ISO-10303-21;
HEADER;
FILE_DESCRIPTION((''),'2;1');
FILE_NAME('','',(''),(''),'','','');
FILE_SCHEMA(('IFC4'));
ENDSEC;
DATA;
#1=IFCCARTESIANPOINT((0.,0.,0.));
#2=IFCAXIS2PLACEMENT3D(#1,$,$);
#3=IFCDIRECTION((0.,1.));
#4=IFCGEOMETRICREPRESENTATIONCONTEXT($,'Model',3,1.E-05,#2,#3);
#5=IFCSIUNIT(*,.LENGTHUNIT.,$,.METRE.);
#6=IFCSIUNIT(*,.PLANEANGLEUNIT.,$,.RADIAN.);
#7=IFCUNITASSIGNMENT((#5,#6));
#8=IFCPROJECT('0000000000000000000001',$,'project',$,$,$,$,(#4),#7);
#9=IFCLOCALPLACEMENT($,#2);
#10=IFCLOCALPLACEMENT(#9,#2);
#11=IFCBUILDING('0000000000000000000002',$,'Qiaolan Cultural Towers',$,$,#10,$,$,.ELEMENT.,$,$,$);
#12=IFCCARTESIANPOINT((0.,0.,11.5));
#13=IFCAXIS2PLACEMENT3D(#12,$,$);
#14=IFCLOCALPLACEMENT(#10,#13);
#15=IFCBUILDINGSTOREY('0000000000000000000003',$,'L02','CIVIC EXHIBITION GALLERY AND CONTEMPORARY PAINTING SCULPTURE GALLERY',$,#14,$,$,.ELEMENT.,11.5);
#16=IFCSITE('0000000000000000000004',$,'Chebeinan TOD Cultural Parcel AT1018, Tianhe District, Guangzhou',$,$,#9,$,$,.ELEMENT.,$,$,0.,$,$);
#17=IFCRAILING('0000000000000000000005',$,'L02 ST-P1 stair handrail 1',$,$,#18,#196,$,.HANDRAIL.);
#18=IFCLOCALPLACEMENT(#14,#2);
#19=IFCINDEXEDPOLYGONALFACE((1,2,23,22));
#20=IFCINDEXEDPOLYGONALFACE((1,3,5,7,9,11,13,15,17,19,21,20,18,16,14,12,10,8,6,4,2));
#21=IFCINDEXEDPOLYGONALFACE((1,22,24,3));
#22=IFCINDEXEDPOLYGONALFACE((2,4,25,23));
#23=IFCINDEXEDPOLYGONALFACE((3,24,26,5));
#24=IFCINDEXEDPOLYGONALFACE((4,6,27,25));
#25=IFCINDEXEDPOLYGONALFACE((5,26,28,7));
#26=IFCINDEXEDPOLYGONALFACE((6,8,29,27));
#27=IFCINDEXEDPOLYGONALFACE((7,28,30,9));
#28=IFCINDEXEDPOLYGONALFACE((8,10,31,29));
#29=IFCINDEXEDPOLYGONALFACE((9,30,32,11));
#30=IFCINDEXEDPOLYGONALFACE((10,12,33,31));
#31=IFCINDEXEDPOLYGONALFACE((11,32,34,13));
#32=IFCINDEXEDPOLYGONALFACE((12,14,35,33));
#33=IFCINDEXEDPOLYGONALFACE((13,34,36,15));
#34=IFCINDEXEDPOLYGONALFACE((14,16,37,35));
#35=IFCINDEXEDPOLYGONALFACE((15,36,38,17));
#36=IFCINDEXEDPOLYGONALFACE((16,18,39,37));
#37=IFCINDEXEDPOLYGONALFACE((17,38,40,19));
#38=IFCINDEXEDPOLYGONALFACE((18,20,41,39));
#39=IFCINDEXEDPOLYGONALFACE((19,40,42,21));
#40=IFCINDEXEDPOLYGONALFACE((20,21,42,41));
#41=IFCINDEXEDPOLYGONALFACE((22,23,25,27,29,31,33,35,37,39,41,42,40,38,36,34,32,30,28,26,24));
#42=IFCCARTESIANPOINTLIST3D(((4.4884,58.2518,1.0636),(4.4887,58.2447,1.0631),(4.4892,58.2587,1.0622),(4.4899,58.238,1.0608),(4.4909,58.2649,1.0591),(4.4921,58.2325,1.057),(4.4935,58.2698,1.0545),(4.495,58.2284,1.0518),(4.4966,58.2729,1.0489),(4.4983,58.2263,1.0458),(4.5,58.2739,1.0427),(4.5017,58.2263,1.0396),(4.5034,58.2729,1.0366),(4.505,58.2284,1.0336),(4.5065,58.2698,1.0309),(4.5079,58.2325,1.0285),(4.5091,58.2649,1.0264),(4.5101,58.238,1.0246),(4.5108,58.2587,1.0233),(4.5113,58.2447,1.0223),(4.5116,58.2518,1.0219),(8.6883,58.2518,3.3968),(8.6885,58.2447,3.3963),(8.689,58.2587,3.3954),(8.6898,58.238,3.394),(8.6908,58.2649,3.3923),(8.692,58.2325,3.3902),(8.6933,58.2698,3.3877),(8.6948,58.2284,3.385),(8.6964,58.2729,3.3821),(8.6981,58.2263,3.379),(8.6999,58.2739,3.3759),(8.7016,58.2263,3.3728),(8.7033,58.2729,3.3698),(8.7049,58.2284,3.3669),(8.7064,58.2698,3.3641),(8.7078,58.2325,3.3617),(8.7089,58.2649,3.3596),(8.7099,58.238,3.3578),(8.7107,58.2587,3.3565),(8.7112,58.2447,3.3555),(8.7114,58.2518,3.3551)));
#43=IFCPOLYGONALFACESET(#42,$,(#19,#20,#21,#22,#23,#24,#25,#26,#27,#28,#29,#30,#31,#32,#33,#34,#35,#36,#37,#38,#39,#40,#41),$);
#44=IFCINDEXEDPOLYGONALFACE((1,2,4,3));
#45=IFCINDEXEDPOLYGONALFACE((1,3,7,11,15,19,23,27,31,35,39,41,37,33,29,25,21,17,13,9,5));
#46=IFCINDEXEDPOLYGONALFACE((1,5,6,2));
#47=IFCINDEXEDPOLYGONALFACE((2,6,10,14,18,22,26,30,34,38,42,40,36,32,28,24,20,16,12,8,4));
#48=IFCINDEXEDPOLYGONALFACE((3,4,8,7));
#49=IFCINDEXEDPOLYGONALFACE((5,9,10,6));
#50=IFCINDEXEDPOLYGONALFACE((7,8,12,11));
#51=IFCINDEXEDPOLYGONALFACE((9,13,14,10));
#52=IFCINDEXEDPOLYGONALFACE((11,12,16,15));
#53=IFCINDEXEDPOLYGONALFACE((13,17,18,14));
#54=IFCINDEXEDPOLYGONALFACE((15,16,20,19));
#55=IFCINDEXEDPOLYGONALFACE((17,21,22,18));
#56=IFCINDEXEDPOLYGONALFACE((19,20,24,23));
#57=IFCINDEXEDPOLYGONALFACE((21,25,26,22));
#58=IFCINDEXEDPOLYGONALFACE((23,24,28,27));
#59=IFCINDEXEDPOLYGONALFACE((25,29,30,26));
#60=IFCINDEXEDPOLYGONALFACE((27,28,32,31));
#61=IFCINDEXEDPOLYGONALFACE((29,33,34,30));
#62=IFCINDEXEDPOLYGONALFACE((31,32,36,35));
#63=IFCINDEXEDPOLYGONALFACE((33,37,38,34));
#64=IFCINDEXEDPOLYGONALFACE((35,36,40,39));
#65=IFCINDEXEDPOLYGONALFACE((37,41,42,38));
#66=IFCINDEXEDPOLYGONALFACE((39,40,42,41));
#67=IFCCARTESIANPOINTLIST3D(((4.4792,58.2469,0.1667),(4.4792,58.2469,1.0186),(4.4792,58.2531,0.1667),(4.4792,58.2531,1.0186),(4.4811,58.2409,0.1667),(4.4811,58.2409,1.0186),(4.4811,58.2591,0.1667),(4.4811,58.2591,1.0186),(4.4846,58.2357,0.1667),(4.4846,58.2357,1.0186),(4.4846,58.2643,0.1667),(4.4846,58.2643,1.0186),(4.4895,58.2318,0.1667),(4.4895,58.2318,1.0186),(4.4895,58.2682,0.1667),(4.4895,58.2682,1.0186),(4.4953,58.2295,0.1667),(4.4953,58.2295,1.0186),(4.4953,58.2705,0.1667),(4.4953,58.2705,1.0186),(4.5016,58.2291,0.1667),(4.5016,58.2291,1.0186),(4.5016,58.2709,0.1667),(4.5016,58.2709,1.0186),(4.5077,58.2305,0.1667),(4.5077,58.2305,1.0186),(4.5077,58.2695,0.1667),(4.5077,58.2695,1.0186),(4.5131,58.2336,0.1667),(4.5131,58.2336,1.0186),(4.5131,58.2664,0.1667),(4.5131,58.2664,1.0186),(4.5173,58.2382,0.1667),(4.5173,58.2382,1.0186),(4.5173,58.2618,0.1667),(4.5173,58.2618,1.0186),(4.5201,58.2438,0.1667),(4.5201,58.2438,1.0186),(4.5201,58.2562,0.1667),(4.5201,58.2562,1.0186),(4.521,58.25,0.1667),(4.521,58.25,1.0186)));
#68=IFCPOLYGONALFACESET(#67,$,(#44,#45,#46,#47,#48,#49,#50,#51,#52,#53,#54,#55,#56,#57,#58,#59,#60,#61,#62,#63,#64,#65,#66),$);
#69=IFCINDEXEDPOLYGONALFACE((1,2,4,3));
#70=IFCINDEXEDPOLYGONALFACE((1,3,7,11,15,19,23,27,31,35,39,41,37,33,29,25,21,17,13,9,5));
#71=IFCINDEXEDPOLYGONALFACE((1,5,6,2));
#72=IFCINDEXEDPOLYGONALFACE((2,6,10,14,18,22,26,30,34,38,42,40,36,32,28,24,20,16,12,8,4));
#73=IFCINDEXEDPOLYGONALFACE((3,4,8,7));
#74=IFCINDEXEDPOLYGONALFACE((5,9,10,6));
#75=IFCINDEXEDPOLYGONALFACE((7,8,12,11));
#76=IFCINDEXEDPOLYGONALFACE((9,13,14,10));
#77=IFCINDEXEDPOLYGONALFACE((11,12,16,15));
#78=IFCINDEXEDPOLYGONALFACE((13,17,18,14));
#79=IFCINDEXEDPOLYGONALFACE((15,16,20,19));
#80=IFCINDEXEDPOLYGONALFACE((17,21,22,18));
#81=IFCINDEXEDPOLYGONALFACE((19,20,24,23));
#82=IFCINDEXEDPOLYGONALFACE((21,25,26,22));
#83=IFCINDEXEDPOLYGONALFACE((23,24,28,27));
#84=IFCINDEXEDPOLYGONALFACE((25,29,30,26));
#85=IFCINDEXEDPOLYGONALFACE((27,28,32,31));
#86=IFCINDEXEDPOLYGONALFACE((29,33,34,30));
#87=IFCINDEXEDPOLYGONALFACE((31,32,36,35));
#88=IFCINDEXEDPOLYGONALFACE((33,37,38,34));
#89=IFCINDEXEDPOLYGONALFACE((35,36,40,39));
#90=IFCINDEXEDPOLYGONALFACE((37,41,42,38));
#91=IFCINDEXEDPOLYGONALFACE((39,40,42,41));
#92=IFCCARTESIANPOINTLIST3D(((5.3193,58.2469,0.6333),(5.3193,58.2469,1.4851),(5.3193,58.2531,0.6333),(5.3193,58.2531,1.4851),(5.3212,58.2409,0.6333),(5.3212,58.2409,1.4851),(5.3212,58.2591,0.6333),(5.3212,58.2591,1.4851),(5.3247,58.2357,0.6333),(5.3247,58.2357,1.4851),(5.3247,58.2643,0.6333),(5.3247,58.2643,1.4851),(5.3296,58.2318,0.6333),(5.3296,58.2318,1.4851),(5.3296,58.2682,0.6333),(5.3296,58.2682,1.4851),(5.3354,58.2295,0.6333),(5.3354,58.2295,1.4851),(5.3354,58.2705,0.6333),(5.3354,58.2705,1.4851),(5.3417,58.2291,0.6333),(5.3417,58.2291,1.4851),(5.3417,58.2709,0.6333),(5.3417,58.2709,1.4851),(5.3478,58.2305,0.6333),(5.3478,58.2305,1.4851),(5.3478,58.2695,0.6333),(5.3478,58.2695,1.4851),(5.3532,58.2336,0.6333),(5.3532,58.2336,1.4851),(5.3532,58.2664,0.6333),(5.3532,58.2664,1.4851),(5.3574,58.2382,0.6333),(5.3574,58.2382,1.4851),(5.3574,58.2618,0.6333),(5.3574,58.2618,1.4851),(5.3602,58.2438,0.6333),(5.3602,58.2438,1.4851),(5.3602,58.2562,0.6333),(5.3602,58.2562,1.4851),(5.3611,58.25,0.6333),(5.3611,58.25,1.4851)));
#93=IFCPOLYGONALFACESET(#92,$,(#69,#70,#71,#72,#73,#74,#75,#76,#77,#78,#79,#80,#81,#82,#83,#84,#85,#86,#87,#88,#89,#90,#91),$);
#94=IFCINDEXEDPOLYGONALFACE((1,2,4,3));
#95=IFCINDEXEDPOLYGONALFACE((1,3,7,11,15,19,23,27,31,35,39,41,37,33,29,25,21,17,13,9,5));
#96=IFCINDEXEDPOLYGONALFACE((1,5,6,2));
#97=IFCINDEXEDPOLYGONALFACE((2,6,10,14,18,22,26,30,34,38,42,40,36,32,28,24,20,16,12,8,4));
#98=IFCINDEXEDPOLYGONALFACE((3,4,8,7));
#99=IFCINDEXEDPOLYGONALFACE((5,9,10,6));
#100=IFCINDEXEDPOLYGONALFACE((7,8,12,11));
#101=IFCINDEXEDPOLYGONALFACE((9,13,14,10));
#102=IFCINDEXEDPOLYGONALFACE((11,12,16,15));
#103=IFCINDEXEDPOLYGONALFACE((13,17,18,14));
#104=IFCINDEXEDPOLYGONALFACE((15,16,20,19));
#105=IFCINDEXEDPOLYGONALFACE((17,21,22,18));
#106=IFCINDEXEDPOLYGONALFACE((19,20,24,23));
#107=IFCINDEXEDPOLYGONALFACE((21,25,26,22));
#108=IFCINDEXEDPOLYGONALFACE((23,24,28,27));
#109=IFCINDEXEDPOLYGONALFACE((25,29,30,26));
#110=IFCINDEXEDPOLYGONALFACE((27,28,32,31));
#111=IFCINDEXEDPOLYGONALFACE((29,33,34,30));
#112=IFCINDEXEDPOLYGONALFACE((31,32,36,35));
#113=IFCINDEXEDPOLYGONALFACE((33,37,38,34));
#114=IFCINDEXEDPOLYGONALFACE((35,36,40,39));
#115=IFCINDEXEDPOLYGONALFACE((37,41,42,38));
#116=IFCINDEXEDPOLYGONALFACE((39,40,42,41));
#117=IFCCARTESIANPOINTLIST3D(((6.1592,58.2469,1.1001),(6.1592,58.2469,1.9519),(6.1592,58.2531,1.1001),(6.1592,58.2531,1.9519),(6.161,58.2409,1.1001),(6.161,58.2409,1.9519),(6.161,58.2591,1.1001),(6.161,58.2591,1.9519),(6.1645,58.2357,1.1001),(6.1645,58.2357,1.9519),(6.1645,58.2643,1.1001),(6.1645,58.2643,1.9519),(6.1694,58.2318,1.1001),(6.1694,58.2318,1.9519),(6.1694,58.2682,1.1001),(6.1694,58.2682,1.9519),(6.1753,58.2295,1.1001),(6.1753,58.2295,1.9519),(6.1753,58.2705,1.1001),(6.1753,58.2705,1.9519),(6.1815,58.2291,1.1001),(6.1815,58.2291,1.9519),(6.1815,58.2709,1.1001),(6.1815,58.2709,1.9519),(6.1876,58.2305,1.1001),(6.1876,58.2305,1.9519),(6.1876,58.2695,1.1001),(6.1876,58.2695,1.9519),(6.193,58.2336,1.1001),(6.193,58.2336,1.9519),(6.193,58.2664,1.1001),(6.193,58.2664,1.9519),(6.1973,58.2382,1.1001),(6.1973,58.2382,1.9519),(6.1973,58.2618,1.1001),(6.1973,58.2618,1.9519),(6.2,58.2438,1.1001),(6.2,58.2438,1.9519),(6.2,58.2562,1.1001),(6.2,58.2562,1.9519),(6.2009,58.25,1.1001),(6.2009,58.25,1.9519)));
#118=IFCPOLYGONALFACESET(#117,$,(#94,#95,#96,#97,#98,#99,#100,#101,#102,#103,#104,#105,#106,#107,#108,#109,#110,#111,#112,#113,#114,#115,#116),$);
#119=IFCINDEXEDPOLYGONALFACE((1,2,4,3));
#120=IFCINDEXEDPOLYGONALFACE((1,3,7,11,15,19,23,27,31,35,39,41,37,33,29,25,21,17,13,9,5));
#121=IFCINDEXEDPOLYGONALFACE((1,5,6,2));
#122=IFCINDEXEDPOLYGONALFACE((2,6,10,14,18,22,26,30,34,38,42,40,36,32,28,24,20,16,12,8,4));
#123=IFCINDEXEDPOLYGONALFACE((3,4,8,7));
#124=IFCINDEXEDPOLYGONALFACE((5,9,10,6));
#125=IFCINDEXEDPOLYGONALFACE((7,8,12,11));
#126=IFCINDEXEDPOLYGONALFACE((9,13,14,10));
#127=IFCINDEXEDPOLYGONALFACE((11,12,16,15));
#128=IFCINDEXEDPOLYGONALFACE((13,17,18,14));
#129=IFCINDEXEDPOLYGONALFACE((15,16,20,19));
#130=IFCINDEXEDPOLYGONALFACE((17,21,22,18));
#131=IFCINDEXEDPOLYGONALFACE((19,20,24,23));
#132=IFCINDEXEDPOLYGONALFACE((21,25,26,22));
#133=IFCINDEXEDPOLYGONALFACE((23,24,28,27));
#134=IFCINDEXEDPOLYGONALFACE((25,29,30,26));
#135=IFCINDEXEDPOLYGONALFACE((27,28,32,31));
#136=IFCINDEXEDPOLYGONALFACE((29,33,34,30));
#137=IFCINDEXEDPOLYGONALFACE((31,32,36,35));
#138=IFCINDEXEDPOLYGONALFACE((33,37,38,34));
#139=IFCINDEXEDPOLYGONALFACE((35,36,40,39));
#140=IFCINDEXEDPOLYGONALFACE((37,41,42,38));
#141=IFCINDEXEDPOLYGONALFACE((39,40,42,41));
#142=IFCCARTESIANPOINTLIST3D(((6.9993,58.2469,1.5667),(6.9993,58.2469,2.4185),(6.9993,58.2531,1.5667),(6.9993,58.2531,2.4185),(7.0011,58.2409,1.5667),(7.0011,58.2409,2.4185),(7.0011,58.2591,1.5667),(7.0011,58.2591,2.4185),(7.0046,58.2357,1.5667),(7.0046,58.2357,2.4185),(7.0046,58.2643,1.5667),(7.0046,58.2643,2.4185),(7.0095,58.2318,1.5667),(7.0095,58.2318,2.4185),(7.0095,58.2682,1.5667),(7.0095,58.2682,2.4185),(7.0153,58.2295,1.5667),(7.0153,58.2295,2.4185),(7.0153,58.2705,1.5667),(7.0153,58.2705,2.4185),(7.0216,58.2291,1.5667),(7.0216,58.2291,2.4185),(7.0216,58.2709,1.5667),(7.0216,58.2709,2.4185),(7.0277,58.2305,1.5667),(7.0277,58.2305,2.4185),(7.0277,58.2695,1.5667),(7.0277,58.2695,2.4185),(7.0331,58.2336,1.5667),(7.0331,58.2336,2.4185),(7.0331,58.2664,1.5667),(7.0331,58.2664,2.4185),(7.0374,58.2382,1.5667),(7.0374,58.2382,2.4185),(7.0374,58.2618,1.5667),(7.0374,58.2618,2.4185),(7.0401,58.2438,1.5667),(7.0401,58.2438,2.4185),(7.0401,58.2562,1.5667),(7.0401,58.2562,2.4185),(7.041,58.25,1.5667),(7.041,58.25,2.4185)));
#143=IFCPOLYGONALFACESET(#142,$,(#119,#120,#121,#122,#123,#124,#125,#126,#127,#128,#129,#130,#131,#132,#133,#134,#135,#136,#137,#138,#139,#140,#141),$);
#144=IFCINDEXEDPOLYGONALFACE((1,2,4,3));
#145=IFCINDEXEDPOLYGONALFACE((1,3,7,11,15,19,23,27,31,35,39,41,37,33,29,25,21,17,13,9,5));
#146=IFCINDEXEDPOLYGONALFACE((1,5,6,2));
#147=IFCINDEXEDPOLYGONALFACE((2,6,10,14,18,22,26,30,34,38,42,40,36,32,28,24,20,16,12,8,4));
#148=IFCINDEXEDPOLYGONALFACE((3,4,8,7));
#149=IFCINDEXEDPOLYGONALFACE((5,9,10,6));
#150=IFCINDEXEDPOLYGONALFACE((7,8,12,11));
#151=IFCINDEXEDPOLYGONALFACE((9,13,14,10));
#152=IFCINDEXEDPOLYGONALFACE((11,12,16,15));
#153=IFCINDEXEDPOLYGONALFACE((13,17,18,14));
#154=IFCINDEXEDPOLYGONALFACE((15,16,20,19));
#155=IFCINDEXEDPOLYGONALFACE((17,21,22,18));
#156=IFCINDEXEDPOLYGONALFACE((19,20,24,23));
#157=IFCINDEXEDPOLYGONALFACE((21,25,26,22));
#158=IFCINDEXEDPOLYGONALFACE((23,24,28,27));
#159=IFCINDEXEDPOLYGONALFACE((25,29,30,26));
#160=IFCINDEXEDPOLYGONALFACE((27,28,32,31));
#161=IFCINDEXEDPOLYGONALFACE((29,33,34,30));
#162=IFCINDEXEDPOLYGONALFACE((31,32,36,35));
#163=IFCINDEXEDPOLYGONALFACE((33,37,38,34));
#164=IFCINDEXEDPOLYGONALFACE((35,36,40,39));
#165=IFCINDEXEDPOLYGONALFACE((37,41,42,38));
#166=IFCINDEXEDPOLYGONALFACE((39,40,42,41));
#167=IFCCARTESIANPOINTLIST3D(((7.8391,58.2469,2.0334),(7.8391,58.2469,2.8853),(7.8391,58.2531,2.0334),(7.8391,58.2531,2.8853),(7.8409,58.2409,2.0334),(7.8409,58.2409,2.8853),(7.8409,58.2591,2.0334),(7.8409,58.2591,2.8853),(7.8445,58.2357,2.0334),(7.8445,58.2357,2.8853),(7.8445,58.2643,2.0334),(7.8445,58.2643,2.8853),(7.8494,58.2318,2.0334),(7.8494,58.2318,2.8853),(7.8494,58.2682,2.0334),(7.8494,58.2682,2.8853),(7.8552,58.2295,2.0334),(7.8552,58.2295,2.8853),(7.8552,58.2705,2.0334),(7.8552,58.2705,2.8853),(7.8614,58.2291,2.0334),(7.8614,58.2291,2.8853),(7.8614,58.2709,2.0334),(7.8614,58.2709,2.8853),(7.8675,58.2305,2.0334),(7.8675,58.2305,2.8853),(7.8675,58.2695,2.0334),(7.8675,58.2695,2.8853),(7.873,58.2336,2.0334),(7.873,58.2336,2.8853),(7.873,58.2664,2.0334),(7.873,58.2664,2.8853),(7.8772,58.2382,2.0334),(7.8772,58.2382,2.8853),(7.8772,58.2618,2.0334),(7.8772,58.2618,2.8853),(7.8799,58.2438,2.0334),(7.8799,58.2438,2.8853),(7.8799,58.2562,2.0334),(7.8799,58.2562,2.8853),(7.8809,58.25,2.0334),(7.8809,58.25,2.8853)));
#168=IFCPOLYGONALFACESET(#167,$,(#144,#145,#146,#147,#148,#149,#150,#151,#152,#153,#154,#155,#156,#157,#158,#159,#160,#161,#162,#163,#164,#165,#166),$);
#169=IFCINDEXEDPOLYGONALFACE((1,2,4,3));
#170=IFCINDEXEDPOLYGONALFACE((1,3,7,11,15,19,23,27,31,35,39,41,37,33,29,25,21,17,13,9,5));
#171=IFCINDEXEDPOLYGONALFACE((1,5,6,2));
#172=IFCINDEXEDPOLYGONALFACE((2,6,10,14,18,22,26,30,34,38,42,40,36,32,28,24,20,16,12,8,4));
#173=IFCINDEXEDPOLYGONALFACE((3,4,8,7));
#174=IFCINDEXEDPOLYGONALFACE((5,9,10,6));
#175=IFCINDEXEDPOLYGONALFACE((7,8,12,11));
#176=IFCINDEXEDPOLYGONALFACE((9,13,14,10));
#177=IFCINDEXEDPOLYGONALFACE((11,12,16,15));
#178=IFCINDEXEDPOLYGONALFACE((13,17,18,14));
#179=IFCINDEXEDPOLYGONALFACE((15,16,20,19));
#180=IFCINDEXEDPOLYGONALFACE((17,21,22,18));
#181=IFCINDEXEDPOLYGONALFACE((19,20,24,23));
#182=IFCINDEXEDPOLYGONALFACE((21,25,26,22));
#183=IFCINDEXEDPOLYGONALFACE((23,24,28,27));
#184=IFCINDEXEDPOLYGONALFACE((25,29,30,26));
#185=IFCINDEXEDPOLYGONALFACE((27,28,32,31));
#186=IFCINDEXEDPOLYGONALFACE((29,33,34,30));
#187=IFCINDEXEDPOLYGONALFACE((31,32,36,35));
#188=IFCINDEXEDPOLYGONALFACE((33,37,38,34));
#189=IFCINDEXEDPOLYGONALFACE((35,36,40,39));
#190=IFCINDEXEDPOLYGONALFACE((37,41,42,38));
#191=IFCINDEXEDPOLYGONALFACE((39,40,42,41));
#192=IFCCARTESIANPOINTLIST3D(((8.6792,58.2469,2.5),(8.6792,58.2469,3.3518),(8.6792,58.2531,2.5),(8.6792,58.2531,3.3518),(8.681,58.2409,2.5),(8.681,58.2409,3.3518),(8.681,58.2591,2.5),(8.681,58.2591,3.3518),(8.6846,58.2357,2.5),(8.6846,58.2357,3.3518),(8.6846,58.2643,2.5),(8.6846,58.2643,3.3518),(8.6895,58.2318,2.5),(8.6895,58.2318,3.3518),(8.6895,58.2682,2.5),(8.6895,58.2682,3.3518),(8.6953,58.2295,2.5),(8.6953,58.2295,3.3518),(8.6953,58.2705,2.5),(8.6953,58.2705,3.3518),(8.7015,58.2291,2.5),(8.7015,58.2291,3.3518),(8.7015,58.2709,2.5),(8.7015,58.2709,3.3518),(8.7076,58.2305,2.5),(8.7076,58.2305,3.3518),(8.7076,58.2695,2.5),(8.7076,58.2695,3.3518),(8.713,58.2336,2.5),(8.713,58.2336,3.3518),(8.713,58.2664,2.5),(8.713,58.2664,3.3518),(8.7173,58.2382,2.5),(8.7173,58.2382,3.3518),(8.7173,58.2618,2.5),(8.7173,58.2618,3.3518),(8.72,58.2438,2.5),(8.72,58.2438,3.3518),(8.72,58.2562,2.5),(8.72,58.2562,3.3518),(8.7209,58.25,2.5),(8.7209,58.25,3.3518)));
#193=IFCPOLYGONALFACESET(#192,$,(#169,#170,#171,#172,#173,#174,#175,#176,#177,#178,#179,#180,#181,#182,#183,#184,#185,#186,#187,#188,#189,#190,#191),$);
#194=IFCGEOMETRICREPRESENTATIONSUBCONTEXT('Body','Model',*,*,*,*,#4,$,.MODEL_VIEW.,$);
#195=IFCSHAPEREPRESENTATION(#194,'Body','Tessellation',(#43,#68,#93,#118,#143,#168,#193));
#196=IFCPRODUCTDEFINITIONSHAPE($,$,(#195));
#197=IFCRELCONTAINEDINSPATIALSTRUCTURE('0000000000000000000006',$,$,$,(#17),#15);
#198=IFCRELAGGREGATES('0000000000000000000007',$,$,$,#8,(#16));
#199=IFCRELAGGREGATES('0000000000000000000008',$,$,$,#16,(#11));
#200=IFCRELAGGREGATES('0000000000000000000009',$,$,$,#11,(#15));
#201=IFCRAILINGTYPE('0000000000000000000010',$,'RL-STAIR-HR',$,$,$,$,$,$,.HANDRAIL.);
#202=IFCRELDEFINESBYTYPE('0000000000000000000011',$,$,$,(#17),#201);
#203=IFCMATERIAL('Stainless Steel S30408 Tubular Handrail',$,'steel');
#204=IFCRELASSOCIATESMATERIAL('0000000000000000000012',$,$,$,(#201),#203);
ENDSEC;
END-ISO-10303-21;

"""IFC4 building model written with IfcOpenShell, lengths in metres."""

from ifc_helpers import new_model, si_unit, direction, frame, origin, origin_2d, place, context, subcontext, project, spatial, circle, extrude, material, type_object, element, save


model = new_model("IFC4")

# Units and contexts
model_context = context("Model", 3, precision=1e-05, world=origin(), true_north=direction((0.0, 1.0)))
body_context = subcontext(model_context, "Body", "Model", "MODEL_VIEW")
ifc_project = project(units=[si_unit("LENGTHUNIT", "METRE"), si_unit("PLANEANGLEUNIT", "RADIAN")], contexts=[model_context])

# Site, building, storey
site_placement = place(None, origin())
site = spatial("IfcSite", under=ifc_project, at=site_placement, Name="Chebeinan TOD Cultural Parcel AT1018, Tianhe District, Guangzhou", CompositionType="ELEMENT", RefElevation=0.0)
building_placement = place(site_placement, origin())
building = spatial("IfcBuilding", under=site, at=building_placement, Name="Qiaolan Cultural Towers", CompositionType="ELEMENT")
storey_placement = place(building_placement, frame((0.0, 0.0, 11.5)))
storey = spatial("IfcBuildingStorey", under=building, at=storey_placement, Name="L02", Description="CIVIC EXHIBITION GALLERY AND CONTEMPORARY PAINTING SCULPTURE GALLERY", CompositionType="ELEMENT", Elevation=11.5)

# Railing
ifc_material_1 = material(Name="Stainless Steel S30408 Tubular Handrail", Category="steel")
railing_type_1 = type_object("IfcRailingType", Name="RL-STAIR-HR", PredefinedType="HANDRAIL", material=ifc_material_1)
railing_1_placement = place(storey_placement, frame((4.5, 58.25, 0.1667)))
element("IfcRailing", 1, at=railing_1_placement, inside=storey, type_object=railing_type_1, Name="L02 ST-P1 stair handrail 1", PredefinedType="HANDRAIL", context=body_context, shape_type="SweptSolid", body=[
    extrude(circle(Radius=0.0239, at=origin_2d()), frame((0.0, 0.0, 0.876), z_axis=(0.874162, 0.0, 0.485634), x_axis=(0.0, 1.0, 0.0)), (0.0, 0.0, 1.0), 4.8044),
    extrude(circle(Radius=0.021, at=origin_2d()), origin(), (0.0, 0.0, 1.0), 0.8518),
    extrude(circle(Radius=0.021, at=origin_2d()), frame((0.8401, 0.0, 0.4666)), (0.0, 0.0, 1.0), 0.8518),
    extrude(circle(Radius=0.021, at=origin_2d()), frame((1.6799, 0.0, 0.9333)), (0.0, 0.0, 1.0), 0.8518),
    extrude(circle(Radius=0.021, at=origin_2d()), frame((2.52, 0.0, 1.3999)), (0.0, 0.0, 1.0), 0.8518),
    extrude(circle(Radius=0.021, at=origin_2d()), frame((3.3599, 0.0, 1.8667)), (0.0, 0.0, 1.0), 0.8518),
    extrude(circle(Radius=0.021, at=origin_2d()), frame((4.2, 0.0, 2.3333)), (0.0, 0.0, 1.0), 0.8518),
])

save(model, "model.ifc")
